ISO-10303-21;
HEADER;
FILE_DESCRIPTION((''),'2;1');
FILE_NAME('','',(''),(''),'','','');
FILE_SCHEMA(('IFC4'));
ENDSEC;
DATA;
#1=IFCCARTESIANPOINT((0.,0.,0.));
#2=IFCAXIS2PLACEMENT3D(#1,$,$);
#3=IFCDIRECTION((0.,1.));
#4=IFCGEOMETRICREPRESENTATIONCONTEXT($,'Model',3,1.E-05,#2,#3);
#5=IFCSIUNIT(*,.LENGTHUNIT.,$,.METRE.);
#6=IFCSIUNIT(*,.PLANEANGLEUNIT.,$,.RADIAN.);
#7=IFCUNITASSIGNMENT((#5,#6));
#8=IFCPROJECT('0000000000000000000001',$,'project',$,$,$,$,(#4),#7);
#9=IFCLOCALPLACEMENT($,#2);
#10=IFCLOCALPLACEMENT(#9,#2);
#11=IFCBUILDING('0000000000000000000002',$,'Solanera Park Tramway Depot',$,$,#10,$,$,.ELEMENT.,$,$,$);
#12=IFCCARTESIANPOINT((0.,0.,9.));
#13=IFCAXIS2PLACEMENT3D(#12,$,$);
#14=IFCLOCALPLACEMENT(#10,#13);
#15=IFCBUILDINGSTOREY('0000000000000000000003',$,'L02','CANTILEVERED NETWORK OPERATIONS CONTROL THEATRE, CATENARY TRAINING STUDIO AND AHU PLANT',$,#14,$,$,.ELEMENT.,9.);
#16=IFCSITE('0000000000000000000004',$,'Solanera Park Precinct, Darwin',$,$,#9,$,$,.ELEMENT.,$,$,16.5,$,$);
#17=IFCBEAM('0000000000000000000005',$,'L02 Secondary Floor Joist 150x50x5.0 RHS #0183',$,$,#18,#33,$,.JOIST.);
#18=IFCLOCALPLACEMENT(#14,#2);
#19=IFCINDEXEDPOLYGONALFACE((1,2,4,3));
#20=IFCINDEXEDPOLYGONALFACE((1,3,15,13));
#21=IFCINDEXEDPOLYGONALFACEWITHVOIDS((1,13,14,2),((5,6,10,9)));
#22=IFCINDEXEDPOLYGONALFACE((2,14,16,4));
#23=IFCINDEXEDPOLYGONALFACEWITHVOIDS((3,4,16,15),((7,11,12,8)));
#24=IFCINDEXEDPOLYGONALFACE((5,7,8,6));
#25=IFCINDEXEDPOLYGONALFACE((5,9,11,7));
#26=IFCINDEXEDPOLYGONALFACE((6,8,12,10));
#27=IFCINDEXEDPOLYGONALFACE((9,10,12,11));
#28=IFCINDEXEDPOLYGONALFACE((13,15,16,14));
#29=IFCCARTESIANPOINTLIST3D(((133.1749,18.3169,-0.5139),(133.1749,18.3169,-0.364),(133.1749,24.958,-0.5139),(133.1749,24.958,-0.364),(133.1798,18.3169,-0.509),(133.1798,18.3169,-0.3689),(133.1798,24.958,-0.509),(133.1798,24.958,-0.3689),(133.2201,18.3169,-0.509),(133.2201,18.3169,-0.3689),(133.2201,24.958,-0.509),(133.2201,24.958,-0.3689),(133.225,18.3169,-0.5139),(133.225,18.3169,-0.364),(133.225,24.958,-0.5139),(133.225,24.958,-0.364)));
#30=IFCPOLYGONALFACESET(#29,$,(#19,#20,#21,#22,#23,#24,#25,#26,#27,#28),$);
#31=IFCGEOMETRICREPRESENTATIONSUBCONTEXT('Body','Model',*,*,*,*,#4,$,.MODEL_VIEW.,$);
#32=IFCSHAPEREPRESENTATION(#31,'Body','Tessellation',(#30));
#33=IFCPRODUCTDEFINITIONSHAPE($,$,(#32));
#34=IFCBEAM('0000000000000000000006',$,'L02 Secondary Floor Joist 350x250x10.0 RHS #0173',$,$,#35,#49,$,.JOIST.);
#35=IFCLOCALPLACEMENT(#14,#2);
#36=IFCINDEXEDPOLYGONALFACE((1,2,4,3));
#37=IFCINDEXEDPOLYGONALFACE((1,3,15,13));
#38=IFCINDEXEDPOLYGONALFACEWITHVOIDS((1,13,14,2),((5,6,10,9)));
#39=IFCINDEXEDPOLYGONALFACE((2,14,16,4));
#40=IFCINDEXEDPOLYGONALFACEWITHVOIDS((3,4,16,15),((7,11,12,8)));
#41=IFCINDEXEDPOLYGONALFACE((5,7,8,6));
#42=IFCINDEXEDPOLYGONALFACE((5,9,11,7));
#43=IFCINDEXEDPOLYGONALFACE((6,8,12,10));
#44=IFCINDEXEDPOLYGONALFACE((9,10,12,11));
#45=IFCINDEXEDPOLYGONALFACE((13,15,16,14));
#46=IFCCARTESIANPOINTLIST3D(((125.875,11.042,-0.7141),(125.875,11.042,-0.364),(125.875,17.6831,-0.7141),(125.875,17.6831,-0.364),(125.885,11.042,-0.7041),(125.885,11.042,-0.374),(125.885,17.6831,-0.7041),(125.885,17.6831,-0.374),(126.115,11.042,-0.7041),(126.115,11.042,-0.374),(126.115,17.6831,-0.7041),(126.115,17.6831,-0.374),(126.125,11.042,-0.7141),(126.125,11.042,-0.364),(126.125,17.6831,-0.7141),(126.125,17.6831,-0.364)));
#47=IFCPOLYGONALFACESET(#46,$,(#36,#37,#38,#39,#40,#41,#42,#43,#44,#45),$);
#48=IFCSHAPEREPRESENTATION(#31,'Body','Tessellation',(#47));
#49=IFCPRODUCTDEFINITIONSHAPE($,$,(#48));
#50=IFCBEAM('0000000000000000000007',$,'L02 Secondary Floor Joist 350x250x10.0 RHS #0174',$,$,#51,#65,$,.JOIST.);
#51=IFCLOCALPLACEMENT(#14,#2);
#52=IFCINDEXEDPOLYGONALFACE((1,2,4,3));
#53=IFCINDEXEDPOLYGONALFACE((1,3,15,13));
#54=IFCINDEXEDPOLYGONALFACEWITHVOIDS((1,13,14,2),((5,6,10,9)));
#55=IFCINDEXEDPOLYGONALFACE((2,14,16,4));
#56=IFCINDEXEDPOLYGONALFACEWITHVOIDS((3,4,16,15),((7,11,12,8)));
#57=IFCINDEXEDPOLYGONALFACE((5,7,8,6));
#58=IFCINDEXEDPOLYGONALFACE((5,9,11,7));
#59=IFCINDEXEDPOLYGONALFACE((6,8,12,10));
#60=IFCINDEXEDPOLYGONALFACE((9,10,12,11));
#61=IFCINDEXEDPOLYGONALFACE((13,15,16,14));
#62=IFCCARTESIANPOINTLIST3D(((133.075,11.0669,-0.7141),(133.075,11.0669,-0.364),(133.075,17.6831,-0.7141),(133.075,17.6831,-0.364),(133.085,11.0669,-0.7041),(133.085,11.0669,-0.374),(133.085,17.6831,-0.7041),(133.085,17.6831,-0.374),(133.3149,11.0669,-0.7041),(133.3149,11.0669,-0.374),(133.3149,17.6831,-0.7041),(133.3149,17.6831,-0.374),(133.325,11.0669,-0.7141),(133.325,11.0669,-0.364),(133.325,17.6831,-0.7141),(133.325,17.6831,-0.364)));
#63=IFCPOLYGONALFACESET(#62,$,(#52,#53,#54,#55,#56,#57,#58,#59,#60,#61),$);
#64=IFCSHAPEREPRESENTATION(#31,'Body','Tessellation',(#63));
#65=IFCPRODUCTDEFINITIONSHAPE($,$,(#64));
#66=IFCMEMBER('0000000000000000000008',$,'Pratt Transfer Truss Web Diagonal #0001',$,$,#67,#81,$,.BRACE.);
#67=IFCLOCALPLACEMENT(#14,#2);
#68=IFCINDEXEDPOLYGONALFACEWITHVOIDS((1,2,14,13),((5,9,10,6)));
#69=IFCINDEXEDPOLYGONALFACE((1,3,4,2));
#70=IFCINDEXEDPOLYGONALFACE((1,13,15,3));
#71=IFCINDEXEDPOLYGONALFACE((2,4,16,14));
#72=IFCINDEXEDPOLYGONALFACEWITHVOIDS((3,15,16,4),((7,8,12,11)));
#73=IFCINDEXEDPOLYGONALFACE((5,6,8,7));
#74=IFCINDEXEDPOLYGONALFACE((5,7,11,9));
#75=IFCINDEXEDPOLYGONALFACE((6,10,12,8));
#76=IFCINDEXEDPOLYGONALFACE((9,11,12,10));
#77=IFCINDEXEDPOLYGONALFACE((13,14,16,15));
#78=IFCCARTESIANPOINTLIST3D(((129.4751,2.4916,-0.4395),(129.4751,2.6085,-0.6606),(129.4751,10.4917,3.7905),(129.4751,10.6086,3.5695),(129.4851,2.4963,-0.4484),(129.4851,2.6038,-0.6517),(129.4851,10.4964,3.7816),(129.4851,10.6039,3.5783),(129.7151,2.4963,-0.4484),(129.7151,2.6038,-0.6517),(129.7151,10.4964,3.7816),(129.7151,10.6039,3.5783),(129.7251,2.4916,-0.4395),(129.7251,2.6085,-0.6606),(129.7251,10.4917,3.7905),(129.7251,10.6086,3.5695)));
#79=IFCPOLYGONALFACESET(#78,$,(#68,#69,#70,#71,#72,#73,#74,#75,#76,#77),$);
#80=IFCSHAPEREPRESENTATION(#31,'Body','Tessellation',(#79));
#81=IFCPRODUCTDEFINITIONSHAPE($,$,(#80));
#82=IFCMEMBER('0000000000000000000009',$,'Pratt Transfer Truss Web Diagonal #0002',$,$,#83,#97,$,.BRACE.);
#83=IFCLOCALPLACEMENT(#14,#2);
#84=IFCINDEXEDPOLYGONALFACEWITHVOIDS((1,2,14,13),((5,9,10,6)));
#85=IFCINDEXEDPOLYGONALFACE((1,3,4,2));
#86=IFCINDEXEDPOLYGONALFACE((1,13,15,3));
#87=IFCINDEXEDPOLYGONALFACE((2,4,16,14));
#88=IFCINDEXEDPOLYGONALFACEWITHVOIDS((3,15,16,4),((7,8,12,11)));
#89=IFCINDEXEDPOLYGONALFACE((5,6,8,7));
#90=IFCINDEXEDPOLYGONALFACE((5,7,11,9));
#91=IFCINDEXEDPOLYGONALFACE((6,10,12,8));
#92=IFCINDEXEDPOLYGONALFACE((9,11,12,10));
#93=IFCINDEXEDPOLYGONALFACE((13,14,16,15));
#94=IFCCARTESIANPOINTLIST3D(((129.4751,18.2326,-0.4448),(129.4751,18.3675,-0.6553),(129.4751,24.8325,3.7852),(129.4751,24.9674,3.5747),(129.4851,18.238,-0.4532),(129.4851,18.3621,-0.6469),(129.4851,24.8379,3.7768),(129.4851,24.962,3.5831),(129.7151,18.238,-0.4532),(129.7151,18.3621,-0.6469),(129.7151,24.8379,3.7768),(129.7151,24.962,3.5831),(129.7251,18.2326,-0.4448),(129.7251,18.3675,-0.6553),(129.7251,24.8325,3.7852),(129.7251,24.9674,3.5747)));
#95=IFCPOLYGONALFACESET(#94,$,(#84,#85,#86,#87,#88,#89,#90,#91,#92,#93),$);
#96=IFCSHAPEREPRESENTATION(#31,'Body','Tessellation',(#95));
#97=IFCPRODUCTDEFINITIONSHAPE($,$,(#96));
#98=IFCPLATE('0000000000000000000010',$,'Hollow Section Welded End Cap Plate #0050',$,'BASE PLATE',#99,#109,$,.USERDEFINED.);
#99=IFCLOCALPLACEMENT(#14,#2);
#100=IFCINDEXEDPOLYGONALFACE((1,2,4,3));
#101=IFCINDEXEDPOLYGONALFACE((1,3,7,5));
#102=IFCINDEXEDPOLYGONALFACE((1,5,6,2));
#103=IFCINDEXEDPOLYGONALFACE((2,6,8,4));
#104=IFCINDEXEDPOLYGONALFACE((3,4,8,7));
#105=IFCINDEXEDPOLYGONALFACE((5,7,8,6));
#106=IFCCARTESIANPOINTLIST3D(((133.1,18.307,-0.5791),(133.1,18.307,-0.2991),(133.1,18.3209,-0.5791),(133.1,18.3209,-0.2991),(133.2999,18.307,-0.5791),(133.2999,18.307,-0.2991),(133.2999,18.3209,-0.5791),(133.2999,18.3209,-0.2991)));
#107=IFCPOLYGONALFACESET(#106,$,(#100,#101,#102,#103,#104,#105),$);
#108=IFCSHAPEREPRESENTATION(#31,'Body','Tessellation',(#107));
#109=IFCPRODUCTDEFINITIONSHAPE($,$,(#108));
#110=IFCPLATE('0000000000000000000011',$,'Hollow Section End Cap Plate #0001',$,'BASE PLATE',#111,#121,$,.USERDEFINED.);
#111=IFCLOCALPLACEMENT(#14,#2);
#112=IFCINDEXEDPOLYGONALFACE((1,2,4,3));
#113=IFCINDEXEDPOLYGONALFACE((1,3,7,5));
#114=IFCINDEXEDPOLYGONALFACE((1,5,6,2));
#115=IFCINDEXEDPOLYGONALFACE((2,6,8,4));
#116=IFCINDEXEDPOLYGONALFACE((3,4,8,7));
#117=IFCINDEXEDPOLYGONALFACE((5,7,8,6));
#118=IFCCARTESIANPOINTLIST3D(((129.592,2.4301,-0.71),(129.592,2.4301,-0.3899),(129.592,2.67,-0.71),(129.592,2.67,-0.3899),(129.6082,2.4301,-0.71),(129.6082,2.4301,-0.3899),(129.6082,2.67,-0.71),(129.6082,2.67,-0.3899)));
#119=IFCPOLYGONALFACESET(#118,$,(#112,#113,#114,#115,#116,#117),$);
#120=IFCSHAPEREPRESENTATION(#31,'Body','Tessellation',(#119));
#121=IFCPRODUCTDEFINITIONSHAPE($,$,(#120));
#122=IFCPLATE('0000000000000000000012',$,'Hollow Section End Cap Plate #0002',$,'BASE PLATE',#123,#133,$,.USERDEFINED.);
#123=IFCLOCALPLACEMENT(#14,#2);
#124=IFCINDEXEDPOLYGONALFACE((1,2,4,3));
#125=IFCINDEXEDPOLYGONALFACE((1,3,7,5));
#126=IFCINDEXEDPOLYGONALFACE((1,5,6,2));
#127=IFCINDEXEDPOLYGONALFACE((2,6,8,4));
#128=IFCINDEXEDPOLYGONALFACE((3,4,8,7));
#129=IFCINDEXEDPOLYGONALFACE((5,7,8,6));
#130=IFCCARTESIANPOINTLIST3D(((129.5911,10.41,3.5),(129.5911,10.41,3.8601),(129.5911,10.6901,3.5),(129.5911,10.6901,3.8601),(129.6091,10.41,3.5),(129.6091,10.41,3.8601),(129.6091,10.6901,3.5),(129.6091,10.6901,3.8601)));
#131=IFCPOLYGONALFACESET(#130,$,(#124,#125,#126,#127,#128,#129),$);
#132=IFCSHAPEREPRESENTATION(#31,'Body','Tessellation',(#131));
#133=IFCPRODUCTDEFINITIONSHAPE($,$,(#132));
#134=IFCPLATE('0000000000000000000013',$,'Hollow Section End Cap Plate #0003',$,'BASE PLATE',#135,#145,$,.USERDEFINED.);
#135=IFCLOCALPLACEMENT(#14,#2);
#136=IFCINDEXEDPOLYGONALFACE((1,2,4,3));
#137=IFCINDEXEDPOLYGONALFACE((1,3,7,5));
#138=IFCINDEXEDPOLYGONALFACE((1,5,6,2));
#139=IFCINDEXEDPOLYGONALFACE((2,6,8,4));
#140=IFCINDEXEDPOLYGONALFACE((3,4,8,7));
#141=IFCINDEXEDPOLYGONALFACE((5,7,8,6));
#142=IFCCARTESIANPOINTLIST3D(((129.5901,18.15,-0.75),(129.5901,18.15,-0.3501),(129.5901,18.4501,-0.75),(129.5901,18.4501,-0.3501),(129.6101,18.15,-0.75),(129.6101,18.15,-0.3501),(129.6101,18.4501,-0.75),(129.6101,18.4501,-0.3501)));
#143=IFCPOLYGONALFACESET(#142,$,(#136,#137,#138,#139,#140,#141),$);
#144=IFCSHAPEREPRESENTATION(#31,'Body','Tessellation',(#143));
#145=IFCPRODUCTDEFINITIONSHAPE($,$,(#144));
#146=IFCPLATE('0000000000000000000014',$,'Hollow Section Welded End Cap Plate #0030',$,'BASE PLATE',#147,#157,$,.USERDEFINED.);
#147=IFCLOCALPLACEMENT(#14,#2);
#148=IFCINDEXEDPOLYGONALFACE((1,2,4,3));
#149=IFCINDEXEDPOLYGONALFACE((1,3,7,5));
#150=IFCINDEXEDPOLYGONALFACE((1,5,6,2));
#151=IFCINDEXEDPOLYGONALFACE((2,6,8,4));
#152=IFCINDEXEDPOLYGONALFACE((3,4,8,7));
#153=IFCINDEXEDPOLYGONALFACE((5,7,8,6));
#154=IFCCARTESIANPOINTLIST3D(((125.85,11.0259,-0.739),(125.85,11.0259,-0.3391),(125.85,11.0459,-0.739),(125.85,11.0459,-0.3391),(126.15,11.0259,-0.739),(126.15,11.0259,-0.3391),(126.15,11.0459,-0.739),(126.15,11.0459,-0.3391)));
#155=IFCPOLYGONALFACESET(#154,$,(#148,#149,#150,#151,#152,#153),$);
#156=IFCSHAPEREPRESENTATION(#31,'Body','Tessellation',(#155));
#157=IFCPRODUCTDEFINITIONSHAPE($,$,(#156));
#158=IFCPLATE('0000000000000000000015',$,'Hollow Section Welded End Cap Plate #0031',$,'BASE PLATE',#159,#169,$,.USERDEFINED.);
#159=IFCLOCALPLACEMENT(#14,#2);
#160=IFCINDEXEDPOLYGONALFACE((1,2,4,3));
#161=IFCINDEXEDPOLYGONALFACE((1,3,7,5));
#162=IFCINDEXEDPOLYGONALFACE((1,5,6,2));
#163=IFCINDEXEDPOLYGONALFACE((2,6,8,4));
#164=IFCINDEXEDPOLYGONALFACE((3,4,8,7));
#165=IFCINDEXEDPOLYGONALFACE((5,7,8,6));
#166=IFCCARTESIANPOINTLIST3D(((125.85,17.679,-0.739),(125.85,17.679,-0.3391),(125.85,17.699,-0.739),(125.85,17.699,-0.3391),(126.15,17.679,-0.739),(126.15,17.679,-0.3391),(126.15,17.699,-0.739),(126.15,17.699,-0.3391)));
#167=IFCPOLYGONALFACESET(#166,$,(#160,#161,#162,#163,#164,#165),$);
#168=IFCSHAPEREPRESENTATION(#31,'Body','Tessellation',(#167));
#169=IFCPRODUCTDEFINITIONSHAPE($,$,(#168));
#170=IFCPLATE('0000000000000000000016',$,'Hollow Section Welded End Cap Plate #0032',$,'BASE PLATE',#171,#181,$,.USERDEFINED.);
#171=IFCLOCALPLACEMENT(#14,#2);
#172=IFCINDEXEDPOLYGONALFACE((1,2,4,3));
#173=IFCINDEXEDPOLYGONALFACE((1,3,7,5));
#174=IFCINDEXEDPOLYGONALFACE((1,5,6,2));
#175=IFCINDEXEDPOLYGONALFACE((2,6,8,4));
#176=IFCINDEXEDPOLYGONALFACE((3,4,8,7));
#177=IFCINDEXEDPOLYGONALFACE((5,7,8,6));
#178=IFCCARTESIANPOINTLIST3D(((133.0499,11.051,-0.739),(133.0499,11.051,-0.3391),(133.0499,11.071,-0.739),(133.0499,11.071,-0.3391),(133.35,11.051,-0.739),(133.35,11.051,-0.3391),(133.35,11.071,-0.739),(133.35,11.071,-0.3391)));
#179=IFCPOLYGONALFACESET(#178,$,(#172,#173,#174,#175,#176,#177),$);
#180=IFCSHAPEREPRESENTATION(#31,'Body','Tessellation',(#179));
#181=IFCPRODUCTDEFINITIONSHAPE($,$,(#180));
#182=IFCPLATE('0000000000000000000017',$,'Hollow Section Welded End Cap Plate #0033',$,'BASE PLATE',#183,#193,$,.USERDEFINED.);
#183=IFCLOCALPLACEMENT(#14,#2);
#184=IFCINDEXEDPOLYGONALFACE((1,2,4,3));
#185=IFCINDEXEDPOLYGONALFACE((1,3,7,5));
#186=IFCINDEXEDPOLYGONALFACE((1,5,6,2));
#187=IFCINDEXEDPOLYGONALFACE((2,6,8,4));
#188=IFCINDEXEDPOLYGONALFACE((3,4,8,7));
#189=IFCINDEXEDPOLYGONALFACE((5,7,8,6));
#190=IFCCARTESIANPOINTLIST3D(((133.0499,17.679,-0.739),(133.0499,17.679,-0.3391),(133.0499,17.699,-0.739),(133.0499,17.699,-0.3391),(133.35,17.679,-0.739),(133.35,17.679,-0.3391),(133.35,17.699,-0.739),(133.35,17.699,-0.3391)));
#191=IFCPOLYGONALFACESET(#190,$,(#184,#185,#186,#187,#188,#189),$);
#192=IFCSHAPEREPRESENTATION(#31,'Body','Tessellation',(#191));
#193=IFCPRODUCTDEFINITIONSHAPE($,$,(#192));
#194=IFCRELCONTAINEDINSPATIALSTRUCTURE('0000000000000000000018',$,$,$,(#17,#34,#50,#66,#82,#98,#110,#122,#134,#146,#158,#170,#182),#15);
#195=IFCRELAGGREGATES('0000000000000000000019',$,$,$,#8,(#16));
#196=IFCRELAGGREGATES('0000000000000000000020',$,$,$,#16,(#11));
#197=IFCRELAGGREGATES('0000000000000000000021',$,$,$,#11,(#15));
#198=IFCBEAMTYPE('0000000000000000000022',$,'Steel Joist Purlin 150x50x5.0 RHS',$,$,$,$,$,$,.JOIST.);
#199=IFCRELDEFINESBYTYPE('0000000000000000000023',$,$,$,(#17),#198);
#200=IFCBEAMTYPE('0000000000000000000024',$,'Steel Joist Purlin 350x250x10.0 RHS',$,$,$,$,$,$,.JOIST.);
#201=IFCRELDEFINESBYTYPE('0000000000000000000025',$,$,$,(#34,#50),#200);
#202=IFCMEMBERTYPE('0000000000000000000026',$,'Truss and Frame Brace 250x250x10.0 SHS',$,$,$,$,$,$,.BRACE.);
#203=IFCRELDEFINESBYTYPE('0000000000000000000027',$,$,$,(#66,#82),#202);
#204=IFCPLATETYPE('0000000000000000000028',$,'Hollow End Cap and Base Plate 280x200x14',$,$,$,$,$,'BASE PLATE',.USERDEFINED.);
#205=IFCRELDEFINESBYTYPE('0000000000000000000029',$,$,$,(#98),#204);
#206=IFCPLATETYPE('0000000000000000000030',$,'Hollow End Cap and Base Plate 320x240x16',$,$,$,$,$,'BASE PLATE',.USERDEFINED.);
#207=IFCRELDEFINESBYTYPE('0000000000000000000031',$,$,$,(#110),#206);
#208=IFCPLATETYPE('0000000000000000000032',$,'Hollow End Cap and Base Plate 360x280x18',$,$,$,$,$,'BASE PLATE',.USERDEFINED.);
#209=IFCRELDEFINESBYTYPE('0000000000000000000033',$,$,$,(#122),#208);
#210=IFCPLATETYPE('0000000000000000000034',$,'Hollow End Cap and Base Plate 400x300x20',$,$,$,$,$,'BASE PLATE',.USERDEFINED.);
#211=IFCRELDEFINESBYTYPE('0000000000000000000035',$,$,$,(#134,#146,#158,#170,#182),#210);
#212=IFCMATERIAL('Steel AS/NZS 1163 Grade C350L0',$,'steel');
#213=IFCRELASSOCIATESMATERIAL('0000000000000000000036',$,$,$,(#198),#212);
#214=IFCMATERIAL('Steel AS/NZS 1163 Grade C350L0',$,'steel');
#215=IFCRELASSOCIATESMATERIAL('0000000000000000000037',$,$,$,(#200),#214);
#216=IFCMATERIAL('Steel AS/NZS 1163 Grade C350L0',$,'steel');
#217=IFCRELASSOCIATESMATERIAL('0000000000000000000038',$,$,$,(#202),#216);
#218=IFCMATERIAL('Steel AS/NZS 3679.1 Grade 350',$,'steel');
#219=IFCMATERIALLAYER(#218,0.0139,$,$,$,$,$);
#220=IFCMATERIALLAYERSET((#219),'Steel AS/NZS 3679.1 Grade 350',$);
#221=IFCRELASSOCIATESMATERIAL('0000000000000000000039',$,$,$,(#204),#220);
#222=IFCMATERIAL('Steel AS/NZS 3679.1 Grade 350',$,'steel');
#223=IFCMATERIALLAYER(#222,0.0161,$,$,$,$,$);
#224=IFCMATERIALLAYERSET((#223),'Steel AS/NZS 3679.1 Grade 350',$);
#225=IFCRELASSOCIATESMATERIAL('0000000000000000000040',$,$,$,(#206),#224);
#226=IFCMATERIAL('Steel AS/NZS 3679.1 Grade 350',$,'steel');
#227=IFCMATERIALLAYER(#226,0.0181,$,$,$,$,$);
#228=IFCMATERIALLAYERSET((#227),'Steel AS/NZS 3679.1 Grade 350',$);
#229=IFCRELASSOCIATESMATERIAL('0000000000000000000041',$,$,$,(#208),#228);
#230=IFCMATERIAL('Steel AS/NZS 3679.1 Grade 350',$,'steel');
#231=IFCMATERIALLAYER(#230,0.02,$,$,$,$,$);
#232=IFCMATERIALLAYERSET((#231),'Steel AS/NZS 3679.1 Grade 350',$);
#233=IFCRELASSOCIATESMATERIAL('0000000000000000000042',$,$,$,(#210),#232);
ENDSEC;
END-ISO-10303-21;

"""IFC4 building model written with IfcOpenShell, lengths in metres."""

from ifc_helpers import new_model, si_unit, direction, frame, origin, origin_2d, place, context, subcontext, project, spatial, rectangle, hollow_rectangle, extrude, material, layer, layer_set, material_profile, profile_set, type_object, element, save


model = new_model("IFC4")

# Units and contexts
model_context = context("Model", 3, precision=1e-05, world=origin(), true_north=direction((0.0, 1.0)))
body_context = subcontext(model_context, "Body", "Model", "MODEL_VIEW")
ifc_project = project(units=[si_unit("LENGTHUNIT", "METRE"), si_unit("PLANEANGLEUNIT", "RADIAN")], contexts=[model_context])

# Site, building, storey
site_placement = place(None, origin())
site = spatial("IfcSite", under=ifc_project, at=site_placement, Name="Solanera Park Precinct, Darwin", CompositionType="ELEMENT", RefElevation=16.5)
building_placement = place(site_placement, origin())
building = spatial("IfcBuilding", under=site, at=building_placement, Name="Solanera Park Tramway Depot", CompositionType="ELEMENT")
storey_placement = place(building_placement, frame((0.0, 0.0, 9.0)))
storey = spatial("IfcBuildingStorey", under=building, at=storey_placement, Name="L02", Description="CANTILEVERED NETWORK OPERATIONS CONTROL THEATRE, CATENARY TRAINING STUDIO AND AHU PLANT", CompositionType="ELEMENT", Elevation=9.0)

# Beams
ifc_material_1 = material(Name="Steel AS/NZS 1163 Grade C350L0", Category="steel")
ifc_material_profile_1 = material_profile(ifc_material_1, hollow_rectangle(XDim=0.05, YDim=0.1499, WallThickness=0.0049, at=origin_2d()), Name="150x50x5.0 RHS")
ifc_profile_set_1 = profile_set([ifc_material_profile_1], Name="Steel AS/NZS 1163 Grade C350L0")
beam_type_1 = type_object("IfcBeamType", Name="Steel Joist Purlin 150x50x5.0 RHS", PredefinedType="JOIST", material=ifc_profile_set_1)
beam_1_placement = place(storey_placement, frame((133.2, 18.3169, -0.439), z_axis=(0.0, 1.0, 0.0), x_axis=(-1.0, 0.0, 0.0)))
element("IfcBeam", 1, at=beam_1_placement, inside=storey, type_object=beam_type_1, Name="L02 Secondary Floor Joist 150x50x5.0 RHS #0183", PredefinedType="JOIST", context=body_context, shape_type="SweptSolid", body=[
    extrude(hollow_rectangle(XDim=0.05, YDim=0.1499, WallThickness=0.0049, at=origin_2d()), origin(), (0.0, 0.0, 1.0), 6.6411),
])
ifc_material_2 = material(Name="Steel AS/NZS 1163 Grade C350L0", Category="steel")
ifc_material_profile_2 = material_profile(ifc_material_2, hollow_rectangle(XDim=0.25, YDim=0.3501, WallThickness=0.01, at=origin_2d()), Name="350x250x10.0 RHS")
ifc_profile_set_2 = profile_set([ifc_material_profile_2], Name="Steel AS/NZS 1163 Grade C350L0")
beam_type_2 = type_object("IfcBeamType", Name="Steel Joist Purlin 350x250x10.0 RHS", PredefinedType="JOIST", material=ifc_profile_set_2)
beam_2_placement = place(storey_placement, frame((126.0, 11.042, -0.5391), z_axis=(0.0, 1.0, 0.0), x_axis=(-1.0, 0.0, 0.0)))
element("IfcBeam", 2, at=beam_2_placement, inside=storey, type_object=beam_type_2, Name="L02 Secondary Floor Joist 350x250x10.0 RHS #0173", PredefinedType="JOIST", context=body_context, shape_type="SweptSolid", body=[
    extrude(hollow_rectangle(XDim=0.25, YDim=0.3501, WallThickness=0.01, at=origin_2d()), origin(), (0.0, 0.0, 1.0), 6.6411),
])
beam_3_placement = place(storey_placement, frame((133.2, 11.0669, -0.5391), z_axis=(0.0, 1.0, 0.0), x_axis=(-1.0, 0.0, 0.0)))
element("IfcBeam", 3, at=beam_3_placement, inside=storey, type_object=beam_type_2, Name="L02 Secondary Floor Joist 350x250x10.0 RHS #0174", PredefinedType="JOIST", context=body_context, shape_type="SweptSolid", body=[
    extrude(hollow_rectangle(XDim=0.25, YDim=0.3501, WallThickness=0.01, at=origin_2d()), origin(), (0.0, 0.0, 1.0), 6.6162),
])

# Members
ifc_material_3 = material(Name="Steel AS/NZS 1163 Grade C350L0", Category="steel")
ifc_material_profile_3 = material_profile(ifc_material_3, hollow_rectangle(XDim=0.25, YDim=0.25, WallThickness=0.01, at=origin_2d()), Name="250x250x10.0 SHS")
ifc_profile_set_3 = profile_set([ifc_material_profile_3], Name="Steel AS/NZS 1163 Grade C350L0")
member_type = type_object("IfcMemberType", Name="Truss and Frame Brace 250x250x10.0 SHS", PredefinedType="BRACE", material=ifc_profile_set_3)
member_1_placement = place(storey_placement, frame((129.6001, 2.55, -0.55), z_axis=(0.0, 0.884031, 0.467429), x_axis=(-1.0, 0.0, 0.0)))
element("IfcMember", 4, at=member_1_placement, inside=storey, type_object=member_type, Name="Pratt Transfer Truss Web Diagonal #0001", PredefinedType="BRACE", context=body_context, shape_type="SweptSolid", body=[
    extrude(hollow_rectangle(XDim=0.25, YDim=0.25, WallThickness=0.01, at=origin_2d()), origin(), (0.0, 0.0, 1.0), 9.0496),
])
member_2_placement = place(storey_placement, frame((129.6001, 18.3, -0.55), z_axis=(0.0, 0.841919, 0.539603), x_axis=(-1.0, 0.0, 0.0)))
element("IfcMember", 5, at=member_2_placement, inside=storey, type_object=member_type, Name="Pratt Transfer Truss Web Diagonal #0002", PredefinedType="BRACE", context=body_context, shape_type="SweptSolid", body=[
    extrude(hollow_rectangle(XDim=0.25, YDim=0.25, WallThickness=0.01, at=origin_2d()), origin(), (0.0, 0.0, 1.0), 7.8391),
])

# Plates
ifc_material_4 = material(Name="Steel AS/NZS 3679.1 Grade 350", Category="steel")
ifc_layer_1 = layer(ifc_material_4, 0.0139)
ifc_layer_set_1 = layer_set([ifc_layer_1], Name="Steel AS/NZS 3679.1 Grade 350")
plate_type_1 = type_object("IfcPlateType", Name="Hollow End Cap and Base Plate 280x200x14", ElementType="BASE PLATE", PredefinedType="USERDEFINED", material=ifc_layer_set_1)
plate_1_placement = place(storey_placement, frame((133.2, 18.314, -0.5791), z_axis=(0.0, 0.0, 1.0), x_axis=(0.0, 1.0, 0.0)))
element("IfcPlate", 6, at=plate_1_placement, inside=storey, type_object=plate_type_1, Name="Hollow Section Welded End Cap Plate #0050", ObjectType="BASE PLATE", PredefinedType="USERDEFINED", context=body_context, shape_type="SweptSolid", body=[
    extrude(rectangle(XDim=0.0139, YDim=0.2, at=origin_2d()), origin(), (0.0, 0.0, 1.0), 0.28),
])
ifc_material_5 = material(Name="Steel AS/NZS 3679.1 Grade 350", Category="steel")
ifc_layer_2 = layer(ifc_material_5, 0.0161)
ifc_layer_set_2 = layer_set([ifc_layer_2], Name="Steel AS/NZS 3679.1 Grade 350")
plate_type_2 = type_object("IfcPlateType", Name="Hollow End Cap and Base Plate 320x240x16", ElementType="BASE PLATE", PredefinedType="USERDEFINED", material=ifc_layer_set_2)
plate_2_placement = place(storey_placement, frame((129.6001, 2.55, -0.71), z_axis=(0.0, 0.0, 1.0), x_axis=(1.0, 0.0, 0.0)))
element("IfcPlate", 7, at=plate_2_placement, inside=storey, type_object=plate_type_2, Name="Hollow Section End Cap Plate #0001", ObjectType="BASE PLATE", PredefinedType="USERDEFINED", context=body_context, shape_type="SweptSolid", body=[
    extrude(rectangle(XDim=0.0161, YDim=0.24, at=origin_2d()), origin(), (0.0, 0.0, 1.0), 0.3201),
])
ifc_material_6 = material(Name="Steel AS/NZS 3679.1 Grade 350", Category="steel")
ifc_layer_3 = layer(ifc_material_6, 0.0181)
ifc_layer_set_3 = layer_set([ifc_layer_3], Name="Steel AS/NZS 3679.1 Grade 350")
plate_type_3 = type_object("IfcPlateType", Name="Hollow End Cap and Base Plate 360x280x18", ElementType="BASE PLATE", PredefinedType="USERDEFINED", material=ifc_layer_set_3)
plate_3_placement = place(storey_placement, frame((129.6001, 10.55, 3.5), z_axis=(0.0, 0.0, 1.0), x_axis=(1.0, 0.0, 0.0)))
element("IfcPlate", 8, at=plate_3_placement, inside=storey, type_object=plate_type_3, Name="Hollow Section End Cap Plate #0002", ObjectType="BASE PLATE", PredefinedType="USERDEFINED", context=body_context, shape_type="SweptSolid", body=[
    extrude(rectangle(XDim=0.0181, YDim=0.28, at=origin_2d()), origin(), (0.0, 0.0, 1.0), 0.3601),
])
ifc_material_7 = material(Name="Steel AS/NZS 3679.1 Grade 350", Category="steel")
ifc_layer_4 = layer(ifc_material_7, 0.02)
ifc_layer_set_4 = layer_set([ifc_layer_4], Name="Steel AS/NZS 3679.1 Grade 350")
plate_type_4 = type_object("IfcPlateType", Name="Hollow End Cap and Base Plate 400x300x20", ElementType="BASE PLATE", PredefinedType="USERDEFINED", material=ifc_layer_set_4)
for number, where, z_axis, x_axis, name in (
    (9, (129.6001, 18.3, -0.75), (0.0, 0.0, 1.0), (1.0, 0.0, 0.0), "Hollow Section End Cap Plate #0003"),
    (10, (126.0, 11.0359, -0.739), (0.0, 0.0, 1.0), (0.0, 1.0, 0.0), "Hollow Section Welded End Cap Plate #0030"),
    (11, (126.0, 17.689, -0.739), (0.0, 0.0, 1.0), (0.0, 1.0, 0.0), "Hollow Section Welded End Cap Plate #0031"),
    (12, (133.2, 11.061, -0.739), (0.0, 0.0, 1.0), (0.0, 1.0, 0.0), "Hollow Section Welded End Cap Plate #0032"),
    (13, (133.2, 17.689, -0.739), (0.0, 0.0, 1.0), (0.0, 1.0, 0.0), "Hollow Section Welded End Cap Plate #0033"),
):
    element("IfcPlate", number, at=place(storey_placement, frame(where, z_axis=z_axis, x_axis=x_axis)), inside=storey, type_object=plate_type_4, Name=name, ObjectType="BASE PLATE", PredefinedType="USERDEFINED", context=body_context, shape_type="SweptSolid", body=[
        extrude(rectangle(XDim=0.02, YDim=0.3, at=origin_2d()), origin(), (0.0, 0.0, 1.0), 0.3999),
    ])

save(model, "model.ifc")
